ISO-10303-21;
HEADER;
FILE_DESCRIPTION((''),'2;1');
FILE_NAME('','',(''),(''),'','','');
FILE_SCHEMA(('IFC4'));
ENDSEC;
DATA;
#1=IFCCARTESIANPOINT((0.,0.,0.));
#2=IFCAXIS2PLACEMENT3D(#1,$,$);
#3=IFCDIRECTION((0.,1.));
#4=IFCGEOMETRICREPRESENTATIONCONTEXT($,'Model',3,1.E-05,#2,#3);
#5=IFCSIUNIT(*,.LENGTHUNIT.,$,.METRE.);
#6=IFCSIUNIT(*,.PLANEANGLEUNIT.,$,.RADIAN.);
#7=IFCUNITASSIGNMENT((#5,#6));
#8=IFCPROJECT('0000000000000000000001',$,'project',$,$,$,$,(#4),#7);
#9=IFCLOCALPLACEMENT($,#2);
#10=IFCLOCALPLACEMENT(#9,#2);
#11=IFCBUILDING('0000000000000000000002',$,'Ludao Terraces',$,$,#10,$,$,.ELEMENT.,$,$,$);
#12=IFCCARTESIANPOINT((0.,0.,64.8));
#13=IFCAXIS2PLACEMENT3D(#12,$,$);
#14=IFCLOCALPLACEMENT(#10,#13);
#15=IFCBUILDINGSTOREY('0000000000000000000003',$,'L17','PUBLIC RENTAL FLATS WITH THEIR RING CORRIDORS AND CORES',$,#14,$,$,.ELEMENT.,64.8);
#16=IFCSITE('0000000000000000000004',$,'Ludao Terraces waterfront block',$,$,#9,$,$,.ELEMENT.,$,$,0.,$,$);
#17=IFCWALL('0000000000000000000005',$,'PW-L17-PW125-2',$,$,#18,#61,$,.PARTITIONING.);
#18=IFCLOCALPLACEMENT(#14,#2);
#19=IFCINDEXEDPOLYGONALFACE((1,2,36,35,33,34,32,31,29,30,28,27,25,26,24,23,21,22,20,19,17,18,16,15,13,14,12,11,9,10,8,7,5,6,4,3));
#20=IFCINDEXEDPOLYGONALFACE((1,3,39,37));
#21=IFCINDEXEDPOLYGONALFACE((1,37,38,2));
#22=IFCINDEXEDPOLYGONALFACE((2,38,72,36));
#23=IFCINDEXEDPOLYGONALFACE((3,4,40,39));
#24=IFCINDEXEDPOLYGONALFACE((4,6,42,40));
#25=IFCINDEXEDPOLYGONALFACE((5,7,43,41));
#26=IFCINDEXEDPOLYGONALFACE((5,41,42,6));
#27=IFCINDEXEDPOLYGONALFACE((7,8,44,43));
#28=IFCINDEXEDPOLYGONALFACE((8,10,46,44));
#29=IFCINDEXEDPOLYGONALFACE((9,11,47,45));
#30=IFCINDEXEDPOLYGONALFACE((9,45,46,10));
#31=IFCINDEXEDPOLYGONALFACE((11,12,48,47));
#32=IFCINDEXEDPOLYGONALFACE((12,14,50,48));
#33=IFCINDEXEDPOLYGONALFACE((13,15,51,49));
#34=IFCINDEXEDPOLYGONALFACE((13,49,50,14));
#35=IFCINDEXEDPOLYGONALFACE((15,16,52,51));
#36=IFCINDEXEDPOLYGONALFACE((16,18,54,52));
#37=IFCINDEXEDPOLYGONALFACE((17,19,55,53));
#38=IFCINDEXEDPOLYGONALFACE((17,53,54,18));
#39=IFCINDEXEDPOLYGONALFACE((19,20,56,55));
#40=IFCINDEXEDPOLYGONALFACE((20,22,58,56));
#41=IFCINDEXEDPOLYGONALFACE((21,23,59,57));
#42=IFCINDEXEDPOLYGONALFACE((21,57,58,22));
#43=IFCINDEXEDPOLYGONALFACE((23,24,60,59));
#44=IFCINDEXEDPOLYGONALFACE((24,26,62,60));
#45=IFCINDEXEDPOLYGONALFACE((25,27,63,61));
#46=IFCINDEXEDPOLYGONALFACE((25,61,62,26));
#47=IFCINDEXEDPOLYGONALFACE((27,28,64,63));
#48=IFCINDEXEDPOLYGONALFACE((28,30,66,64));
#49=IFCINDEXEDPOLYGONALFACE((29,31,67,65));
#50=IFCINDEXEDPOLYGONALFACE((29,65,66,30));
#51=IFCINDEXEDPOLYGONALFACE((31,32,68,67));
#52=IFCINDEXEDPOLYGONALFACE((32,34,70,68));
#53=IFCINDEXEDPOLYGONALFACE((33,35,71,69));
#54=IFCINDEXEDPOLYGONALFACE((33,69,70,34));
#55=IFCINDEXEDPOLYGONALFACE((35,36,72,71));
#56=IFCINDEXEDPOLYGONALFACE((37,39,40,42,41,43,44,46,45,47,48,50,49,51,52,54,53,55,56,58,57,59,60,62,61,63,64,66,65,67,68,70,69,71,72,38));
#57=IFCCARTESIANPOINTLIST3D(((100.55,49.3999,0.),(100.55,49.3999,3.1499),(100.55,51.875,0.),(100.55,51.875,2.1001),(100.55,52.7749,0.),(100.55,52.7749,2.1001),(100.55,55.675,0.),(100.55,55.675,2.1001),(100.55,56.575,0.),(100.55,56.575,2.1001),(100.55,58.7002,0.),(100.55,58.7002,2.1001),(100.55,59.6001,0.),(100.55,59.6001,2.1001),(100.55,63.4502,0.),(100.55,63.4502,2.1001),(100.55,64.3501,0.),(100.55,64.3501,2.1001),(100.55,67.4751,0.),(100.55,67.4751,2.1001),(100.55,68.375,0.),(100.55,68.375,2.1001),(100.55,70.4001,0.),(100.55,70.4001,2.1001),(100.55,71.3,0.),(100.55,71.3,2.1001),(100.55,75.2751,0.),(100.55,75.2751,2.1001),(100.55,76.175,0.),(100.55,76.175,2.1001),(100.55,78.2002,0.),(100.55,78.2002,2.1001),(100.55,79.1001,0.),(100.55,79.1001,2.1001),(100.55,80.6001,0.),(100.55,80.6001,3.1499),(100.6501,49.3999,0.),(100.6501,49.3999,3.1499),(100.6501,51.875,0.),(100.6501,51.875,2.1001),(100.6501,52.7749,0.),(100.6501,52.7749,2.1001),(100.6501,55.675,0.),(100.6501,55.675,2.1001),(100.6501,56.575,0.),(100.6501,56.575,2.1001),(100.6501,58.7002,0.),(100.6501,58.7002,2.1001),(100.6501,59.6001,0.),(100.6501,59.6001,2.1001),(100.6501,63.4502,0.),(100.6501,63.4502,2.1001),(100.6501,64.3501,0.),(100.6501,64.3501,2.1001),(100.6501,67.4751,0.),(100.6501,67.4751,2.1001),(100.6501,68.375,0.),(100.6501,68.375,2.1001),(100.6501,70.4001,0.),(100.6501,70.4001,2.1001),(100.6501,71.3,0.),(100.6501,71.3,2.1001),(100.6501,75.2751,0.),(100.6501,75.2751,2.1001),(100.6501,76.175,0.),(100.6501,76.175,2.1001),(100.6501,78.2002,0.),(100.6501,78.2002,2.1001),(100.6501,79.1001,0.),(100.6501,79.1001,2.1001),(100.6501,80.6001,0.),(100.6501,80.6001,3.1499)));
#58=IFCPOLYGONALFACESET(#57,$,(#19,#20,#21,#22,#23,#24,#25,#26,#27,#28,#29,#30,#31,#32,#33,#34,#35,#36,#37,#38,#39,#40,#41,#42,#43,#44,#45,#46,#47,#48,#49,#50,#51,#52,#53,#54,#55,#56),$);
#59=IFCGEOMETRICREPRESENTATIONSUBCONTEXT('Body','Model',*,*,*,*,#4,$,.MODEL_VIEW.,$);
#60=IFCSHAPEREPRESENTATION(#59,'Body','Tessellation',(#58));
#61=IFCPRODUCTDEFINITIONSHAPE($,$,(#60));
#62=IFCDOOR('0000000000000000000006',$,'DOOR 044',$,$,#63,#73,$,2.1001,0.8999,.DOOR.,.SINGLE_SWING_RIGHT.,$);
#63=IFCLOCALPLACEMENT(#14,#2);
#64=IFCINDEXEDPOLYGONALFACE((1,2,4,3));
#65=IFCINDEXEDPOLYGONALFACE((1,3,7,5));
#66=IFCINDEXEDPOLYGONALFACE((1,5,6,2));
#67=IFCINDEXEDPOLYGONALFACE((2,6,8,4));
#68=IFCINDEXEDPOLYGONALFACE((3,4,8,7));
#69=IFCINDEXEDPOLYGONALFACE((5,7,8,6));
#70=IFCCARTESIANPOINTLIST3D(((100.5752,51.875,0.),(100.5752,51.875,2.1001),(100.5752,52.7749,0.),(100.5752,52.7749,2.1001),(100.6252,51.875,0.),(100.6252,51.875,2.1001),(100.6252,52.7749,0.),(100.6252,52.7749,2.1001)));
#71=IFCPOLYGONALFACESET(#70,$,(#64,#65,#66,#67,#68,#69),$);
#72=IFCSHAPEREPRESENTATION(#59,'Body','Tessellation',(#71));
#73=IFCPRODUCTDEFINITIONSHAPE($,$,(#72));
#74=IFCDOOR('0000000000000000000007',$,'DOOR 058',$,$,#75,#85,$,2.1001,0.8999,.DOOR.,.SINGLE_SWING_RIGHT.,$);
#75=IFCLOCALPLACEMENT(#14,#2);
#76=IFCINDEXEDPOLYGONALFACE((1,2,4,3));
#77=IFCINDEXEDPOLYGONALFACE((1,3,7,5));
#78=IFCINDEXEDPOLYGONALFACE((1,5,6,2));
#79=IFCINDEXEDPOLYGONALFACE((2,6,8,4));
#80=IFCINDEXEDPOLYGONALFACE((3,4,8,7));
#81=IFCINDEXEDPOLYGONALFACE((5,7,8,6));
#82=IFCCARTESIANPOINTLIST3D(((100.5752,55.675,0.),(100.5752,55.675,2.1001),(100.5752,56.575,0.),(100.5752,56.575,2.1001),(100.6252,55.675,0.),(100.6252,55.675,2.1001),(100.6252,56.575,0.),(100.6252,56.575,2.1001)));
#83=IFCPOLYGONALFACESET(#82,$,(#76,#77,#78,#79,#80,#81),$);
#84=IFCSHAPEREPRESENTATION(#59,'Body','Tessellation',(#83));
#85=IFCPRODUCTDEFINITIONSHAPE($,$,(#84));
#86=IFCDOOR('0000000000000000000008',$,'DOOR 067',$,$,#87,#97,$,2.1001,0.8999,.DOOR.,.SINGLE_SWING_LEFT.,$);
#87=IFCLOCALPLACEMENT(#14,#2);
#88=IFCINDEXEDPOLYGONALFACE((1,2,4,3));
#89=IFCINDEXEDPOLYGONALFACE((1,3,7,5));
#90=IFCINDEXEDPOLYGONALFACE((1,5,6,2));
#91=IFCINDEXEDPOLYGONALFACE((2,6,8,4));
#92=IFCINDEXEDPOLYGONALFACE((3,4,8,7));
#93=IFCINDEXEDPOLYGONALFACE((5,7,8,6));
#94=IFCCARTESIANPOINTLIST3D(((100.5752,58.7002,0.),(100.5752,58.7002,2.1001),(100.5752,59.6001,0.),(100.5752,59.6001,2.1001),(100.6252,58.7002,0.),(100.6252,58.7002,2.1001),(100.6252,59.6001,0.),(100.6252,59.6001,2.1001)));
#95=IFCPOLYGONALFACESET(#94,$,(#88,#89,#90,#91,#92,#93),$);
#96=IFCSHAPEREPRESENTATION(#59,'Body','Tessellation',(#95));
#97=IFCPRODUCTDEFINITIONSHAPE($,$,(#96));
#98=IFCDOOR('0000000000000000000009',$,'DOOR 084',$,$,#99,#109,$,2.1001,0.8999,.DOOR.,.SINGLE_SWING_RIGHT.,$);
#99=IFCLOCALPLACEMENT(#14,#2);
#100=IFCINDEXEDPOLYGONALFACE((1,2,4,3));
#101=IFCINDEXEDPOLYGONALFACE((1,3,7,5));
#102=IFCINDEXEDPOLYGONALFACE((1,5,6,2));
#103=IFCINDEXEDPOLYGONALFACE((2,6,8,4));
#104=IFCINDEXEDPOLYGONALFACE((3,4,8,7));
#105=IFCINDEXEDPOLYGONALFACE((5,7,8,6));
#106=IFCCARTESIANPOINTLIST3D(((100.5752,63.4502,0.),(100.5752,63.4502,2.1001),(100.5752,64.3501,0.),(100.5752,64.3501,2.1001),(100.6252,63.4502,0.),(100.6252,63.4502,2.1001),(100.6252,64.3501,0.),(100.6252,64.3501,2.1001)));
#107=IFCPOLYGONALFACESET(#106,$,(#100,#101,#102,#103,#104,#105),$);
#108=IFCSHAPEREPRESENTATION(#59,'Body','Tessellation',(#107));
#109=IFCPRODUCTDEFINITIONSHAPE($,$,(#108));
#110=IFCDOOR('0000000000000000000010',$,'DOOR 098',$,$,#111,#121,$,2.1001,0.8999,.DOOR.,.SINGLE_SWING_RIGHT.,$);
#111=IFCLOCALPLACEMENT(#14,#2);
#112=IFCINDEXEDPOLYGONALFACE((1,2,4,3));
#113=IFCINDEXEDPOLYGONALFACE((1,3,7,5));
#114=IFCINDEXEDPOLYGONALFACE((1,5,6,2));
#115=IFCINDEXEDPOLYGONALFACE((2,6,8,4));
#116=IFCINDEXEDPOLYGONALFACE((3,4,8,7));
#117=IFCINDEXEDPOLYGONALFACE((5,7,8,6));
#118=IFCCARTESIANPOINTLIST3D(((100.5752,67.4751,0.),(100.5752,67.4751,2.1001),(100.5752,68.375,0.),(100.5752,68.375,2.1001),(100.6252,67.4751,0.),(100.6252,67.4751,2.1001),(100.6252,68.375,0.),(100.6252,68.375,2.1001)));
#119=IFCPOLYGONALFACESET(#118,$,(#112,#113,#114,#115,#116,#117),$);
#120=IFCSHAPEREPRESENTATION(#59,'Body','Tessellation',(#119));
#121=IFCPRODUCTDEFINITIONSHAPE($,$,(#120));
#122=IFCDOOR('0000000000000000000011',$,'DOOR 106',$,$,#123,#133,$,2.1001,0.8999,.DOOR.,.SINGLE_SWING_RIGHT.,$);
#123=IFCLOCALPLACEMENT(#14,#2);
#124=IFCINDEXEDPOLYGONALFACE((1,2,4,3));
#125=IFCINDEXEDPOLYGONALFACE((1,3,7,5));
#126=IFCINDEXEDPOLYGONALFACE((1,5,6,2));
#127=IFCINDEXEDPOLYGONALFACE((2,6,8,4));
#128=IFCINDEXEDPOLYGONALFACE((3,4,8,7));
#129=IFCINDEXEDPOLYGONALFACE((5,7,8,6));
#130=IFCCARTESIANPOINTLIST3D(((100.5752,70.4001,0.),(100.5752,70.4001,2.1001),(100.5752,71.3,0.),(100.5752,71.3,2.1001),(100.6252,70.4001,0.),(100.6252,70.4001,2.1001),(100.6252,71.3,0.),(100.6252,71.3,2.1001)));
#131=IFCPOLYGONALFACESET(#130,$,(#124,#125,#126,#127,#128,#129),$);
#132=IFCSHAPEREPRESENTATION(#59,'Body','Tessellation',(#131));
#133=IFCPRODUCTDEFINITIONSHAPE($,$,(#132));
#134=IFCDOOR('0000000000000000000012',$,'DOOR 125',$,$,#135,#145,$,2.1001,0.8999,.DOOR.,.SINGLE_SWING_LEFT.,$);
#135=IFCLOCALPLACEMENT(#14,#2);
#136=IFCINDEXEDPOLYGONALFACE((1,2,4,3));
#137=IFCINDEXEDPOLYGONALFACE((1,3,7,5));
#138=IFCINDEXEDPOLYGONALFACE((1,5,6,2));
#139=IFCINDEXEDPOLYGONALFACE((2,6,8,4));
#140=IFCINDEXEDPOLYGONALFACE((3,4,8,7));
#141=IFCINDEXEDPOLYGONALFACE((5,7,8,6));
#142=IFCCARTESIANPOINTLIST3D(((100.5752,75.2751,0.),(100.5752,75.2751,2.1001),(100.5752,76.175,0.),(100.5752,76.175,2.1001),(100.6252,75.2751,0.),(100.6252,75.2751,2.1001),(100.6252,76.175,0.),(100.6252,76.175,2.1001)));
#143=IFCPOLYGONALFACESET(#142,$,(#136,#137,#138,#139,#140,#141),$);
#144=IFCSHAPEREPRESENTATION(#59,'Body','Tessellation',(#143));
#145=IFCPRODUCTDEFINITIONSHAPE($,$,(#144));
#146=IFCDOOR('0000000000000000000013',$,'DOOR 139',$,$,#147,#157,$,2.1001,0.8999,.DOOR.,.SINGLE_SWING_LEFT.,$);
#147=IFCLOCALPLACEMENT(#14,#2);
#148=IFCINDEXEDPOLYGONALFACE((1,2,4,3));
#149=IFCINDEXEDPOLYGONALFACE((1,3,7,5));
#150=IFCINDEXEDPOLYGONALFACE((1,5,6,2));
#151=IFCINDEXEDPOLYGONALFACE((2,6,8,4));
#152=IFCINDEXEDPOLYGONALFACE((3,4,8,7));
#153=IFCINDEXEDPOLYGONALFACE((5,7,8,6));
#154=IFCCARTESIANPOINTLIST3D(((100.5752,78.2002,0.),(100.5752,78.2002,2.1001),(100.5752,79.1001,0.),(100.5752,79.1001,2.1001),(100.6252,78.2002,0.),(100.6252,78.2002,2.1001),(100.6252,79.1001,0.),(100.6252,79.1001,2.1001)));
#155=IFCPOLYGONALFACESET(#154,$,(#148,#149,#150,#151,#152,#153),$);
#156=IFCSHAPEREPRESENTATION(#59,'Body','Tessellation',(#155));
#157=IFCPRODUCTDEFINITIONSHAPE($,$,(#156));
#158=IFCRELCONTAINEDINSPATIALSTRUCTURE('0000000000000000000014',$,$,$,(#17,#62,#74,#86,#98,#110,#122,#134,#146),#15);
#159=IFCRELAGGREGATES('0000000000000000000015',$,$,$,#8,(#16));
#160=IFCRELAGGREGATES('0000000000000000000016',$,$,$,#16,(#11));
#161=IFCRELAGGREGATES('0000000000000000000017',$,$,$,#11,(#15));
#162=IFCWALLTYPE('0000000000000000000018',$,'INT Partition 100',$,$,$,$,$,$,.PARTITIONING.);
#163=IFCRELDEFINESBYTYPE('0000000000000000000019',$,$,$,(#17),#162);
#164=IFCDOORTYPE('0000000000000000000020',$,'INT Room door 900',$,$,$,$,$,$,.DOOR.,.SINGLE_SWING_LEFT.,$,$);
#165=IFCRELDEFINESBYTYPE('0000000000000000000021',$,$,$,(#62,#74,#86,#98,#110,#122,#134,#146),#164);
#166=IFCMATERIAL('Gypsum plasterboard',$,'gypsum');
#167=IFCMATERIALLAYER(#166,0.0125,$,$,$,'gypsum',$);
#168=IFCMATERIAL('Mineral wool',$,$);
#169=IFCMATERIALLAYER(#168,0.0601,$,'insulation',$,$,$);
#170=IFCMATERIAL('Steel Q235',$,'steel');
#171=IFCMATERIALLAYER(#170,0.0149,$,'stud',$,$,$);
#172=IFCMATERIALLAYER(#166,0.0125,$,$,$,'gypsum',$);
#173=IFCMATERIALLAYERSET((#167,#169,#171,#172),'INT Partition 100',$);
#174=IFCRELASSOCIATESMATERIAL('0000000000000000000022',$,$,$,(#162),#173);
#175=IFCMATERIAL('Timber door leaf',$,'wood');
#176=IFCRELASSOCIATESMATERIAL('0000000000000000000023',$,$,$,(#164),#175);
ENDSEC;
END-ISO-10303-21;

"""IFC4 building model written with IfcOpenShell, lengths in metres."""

from ifc_helpers import new_model, si_unit, direction, frame, frame_2d, origin, place, context, subcontext, project, spatial, rectangle, extrude, material, layer, layer_set, type_object, element, fill, save


model = new_model("IFC4")

# Units and contexts
model_context = context("Model", 3, precision=1e-05, world=origin(), true_north=direction((0.0, 1.0)))
body_context = subcontext(model_context, "Body", "Model", "MODEL_VIEW")
ifc_project = project(units=[si_unit("LENGTHUNIT", "METRE"), si_unit("PLANEANGLEUNIT", "RADIAN")], contexts=[model_context])

# Site, building, storey
site_placement = place(None, origin())
site = spatial("IfcSite", under=ifc_project, at=site_placement, Name="Ludao Terraces waterfront block", CompositionType="ELEMENT", RefElevation=0.0)
building_placement = place(site_placement, origin())
building = spatial("IfcBuilding", under=site, at=building_placement, Name="Ludao Terraces", CompositionType="ELEMENT")
storey_placement = place(building_placement, frame((0.0, 0.0, 64.8)))
storey = spatial("IfcBuildingStorey", under=building, at=storey_placement, Name="L17", Description="PUBLIC RENTAL FLATS WITH THEIR RING CORRIDORS AND CORES", CompositionType="ELEMENT", Elevation=64.8)

# Shared definitions
ifc_material_1 = material(Name="Gypsum plasterboard", Category="gypsum")
ifc_layer_1 = layer(ifc_material_1, 0.0125, Category="gypsum")
ifc_material_2 = material(Name="Mineral wool")
ifc_layer_2 = layer(ifc_material_2, 0.0601, Name="insulation")
ifc_material_3 = material(Name="Steel Q235", Category="steel")
ifc_layer_3 = layer(ifc_material_3, 0.0149, Name="stud")
ifc_layer_4 = layer(ifc_material_1, 0.0125, Category="gypsum")
ifc_layer_set = layer_set([ifc_layer_1, ifc_layer_2, ifc_layer_3, ifc_layer_4], Name="INT Partition 100")
wall_type = type_object("IfcWallType", Name="INT Partition 100", PredefinedType="PARTITIONING", material=ifc_layer_set)

# Wall, openings, doors
ifc_material_4 = material(Name="Timber door leaf", Category="wood")
door_type_1 = type_object("IfcDoorType", Name="INT Room door 900", OperationType="SINGLE_SWING_LEFT", PredefinedType="DOOR", material=ifc_material_4)
wall_1_placement = place(storey_placement, frame((100.6001, 49.3999, 0.0), z_axis=(0.0, 0.0, 1.0), x_axis=(0.0, 1.0, 0.0)))
wall_1 = element("IfcWall", 1, at=wall_1_placement, inside=storey, type_object=wall_type, Name="PW-L17-PW125-2", PredefinedType="PARTITIONING", context=body_context, shape_type="SweptSolid", body=[
    extrude(rectangle(XDim=31.2002, YDim=0.1001, at=frame_2d((15.6001, 0.0))), origin(), (0.0, 0.0, 1.0), 3.1499),
])
opening_1_placement = place(wall_1_placement, frame((2.4751, 0.0, 0.0)))
opening_1 = element("IfcOpeningElement", 2, at=opening_1_placement, cuts=wall_1, PredefinedType="OPENING", context=body_context, shape_type="SweptSolid", body=[
    extrude(rectangle(XDim=0.8999, YDim=2.1001, at=frame_2d((0.45, 1.05))), frame((0.0, 0.0601, 0.0), z_axis=(0.0, -1.0, 0.0), x_axis=(1.0, 0.0, 0.0)), (0.0, 0.0, 1.0), 0.1201),
])
opening_2_placement = place(wall_1_placement, frame((6.2751, 0.0, 0.0)))
opening_2 = element("IfcOpeningElement", 3, at=opening_2_placement, cuts=wall_1, PredefinedType="OPENING", context=body_context, shape_type="SweptSolid", body=[
    extrude(rectangle(XDim=0.8999, YDim=2.1001, at=frame_2d((0.45, 1.05))), frame((0.0, 0.0601, 0.0), z_axis=(0.0, -1.0, 0.0), x_axis=(1.0, 0.0, 0.0)), (0.0, 0.0, 1.0), 0.1201),
])
opening_3_placement = place(wall_1_placement, frame((9.3003, 0.0, 0.0)))
opening_3 = element("IfcOpeningElement", 4, at=opening_3_placement, cuts=wall_1, PredefinedType="OPENING", context=body_context, shape_type="SweptSolid", body=[
    extrude(rectangle(XDim=0.8999, YDim=2.1001, at=frame_2d((0.45, 1.05))), frame((0.0, 0.0601, 0.0), z_axis=(0.0, -1.0, 0.0), x_axis=(1.0, 0.0, 0.0)), (0.0, 0.0, 1.0), 0.1201),
])
opening_4_placement = place(wall_1_placement, frame((14.0503, 0.0, 0.0)))
opening_4 = element("IfcOpeningElement", 5, at=opening_4_placement, cuts=wall_1, PredefinedType="OPENING", context=body_context, shape_type="SweptSolid", body=[
    extrude(rectangle(XDim=0.8999, YDim=2.1001, at=frame_2d((0.45, 1.05))), frame((0.0, 0.0601, 0.0), z_axis=(0.0, -1.0, 0.0), x_axis=(1.0, 0.0, 0.0)), (0.0, 0.0, 1.0), 0.1201),
])
opening_5_placement = place(wall_1_placement, frame((18.0752, 0.0, 0.0)))
opening_5 = element("IfcOpeningElement", 6, at=opening_5_placement, cuts=wall_1, PredefinedType="OPENING", context=body_context, shape_type="SweptSolid", body=[
    extrude(rectangle(XDim=0.8999, YDim=2.1001, at=frame_2d((0.45, 1.05))), frame((0.0, 0.0601, 0.0), z_axis=(0.0, -1.0, 0.0), x_axis=(1.0, 0.0, 0.0)), (0.0, 0.0, 1.0), 0.1201),
])
opening_6_placement = place(wall_1_placement, frame((21.0002, 0.0, 0.0)))
opening_6 = element("IfcOpeningElement", 7, at=opening_6_placement, cuts=wall_1, PredefinedType="OPENING", context=body_context, shape_type="SweptSolid", body=[
    extrude(rectangle(XDim=0.8999, YDim=2.1001, at=frame_2d((0.45, 1.05))), frame((0.0, 0.0601, 0.0), z_axis=(0.0, -1.0, 0.0), x_axis=(1.0, 0.0, 0.0)), (0.0, 0.0, 1.0), 0.1201),
])
opening_7_placement = place(wall_1_placement, frame((25.8752, 0.0, 0.0)))
opening_7 = element("IfcOpeningElement", 8, at=opening_7_placement, cuts=wall_1, PredefinedType="OPENING", context=body_context, shape_type="SweptSolid", body=[
    extrude(rectangle(XDim=0.8999, YDim=2.1001, at=frame_2d((0.45, 1.05))), frame((0.0, 0.0601, 0.0), z_axis=(0.0, -1.0, 0.0), x_axis=(1.0, 0.0, 0.0)), (0.0, 0.0, 1.0), 0.1201),
])
opening_8_placement = place(wall_1_placement, frame((28.8003, 0.0, 0.0)))
opening_8 = element("IfcOpeningElement", 9, at=opening_8_placement, cuts=wall_1, PredefinedType="OPENING", context=body_context, shape_type="SweptSolid", body=[
    extrude(rectangle(XDim=0.8999, YDim=2.1001, at=frame_2d((0.45, 1.05))), frame((0.0, 0.0601, 0.0), z_axis=(0.0, -1.0, 0.0), x_axis=(1.0, 0.0, 0.0)), (0.0, 0.0, 1.0), 0.1201),
])
door_1_placement = place(opening_1_placement, origin())
door_1 = element("IfcDoor", 10, at=door_1_placement, inside=storey, type_object=door_type_1, Name="DOOR 044", OperationType="SINGLE_SWING_RIGHT", OverallHeight=2.1001, OverallWidth=0.8999, PredefinedType="DOOR", context=body_context, shape_type="SweptSolid", body=[
    extrude(rectangle(XDim=0.8999, YDim=2.1001, at=frame_2d((0.45, 1.05))), frame((0.0, 0.0249, 0.0), z_axis=(0.0, -1.0, 0.0), x_axis=(1.0, 0.0, 0.0)), (0.0, 0.0, 1.0), 0.05),
])
fill(opening_1, door_1)
door_2_placement = place(opening_2_placement, origin())
door_2 = element("IfcDoor", 11, at=door_2_placement, inside=storey, type_object=door_type_1, Name="DOOR 058", OperationType="SINGLE_SWING_RIGHT", OverallHeight=2.1001, OverallWidth=0.8999, PredefinedType="DOOR", context=body_context, shape_type="SweptSolid", body=[
    extrude(rectangle(XDim=0.8999, YDim=2.1001, at=frame_2d((0.45, 1.05))), frame((0.0, 0.0249, 0.0), z_axis=(0.0, -1.0, 0.0), x_axis=(1.0, 0.0, 0.0)), (0.0, 0.0, 1.0), 0.05),
])
fill(opening_2, door_2)
door_3_placement = place(opening_3_placement, origin())
door_3 = element("IfcDoor", 12, at=door_3_placement, inside=storey, type_object=door_type_1, Name="DOOR 067", OperationType="SINGLE_SWING_LEFT", OverallHeight=2.1001, OverallWidth=0.8999, PredefinedType="DOOR", context=body_context, shape_type="SweptSolid", body=[
    extrude(rectangle(XDim=0.8999, YDim=2.1001, at=frame_2d((0.45, 1.05))), frame((0.0, 0.0249, 0.0), z_axis=(0.0, -1.0, 0.0), x_axis=(1.0, 0.0, 0.0)), (0.0, 0.0, 1.0), 0.05),
])
fill(opening_3, door_3)
door_4_placement = place(opening_4_placement, origin())
door_4 = element("IfcDoor", 13, at=door_4_placement, inside=storey, type_object=door_type_1, Name="DOOR 084", OperationType="SINGLE_SWING_RIGHT", OverallHeight=2.1001, OverallWidth=0.8999, PredefinedType="DOOR", context=body_context, shape_type="SweptSolid", body=[
    extrude(rectangle(XDim=0.8999, YDim=2.1001, at=frame_2d((0.45, 1.05))), frame((0.0, 0.0249, 0.0), z_axis=(0.0, -1.0, 0.0), x_axis=(1.0, 0.0, 0.0)), (0.0, 0.0, 1.0), 0.05),
])
fill(opening_4, door_4)
door_5_placement = place(opening_5_placement, origin())
door_5 = element("IfcDoor", 14, at=door_5_placement, inside=storey, type_object=door_type_1, Name="DOOR 098", OperationType="SINGLE_SWING_RIGHT", OverallHeight=2.1001, OverallWidth=0.8999, PredefinedType="DOOR", context=body_context, shape_type="SweptSolid", body=[
    extrude(rectangle(XDim=0.8999, YDim=2.1001, at=frame_2d((0.45, 1.05))), frame((0.0, 0.0249, 0.0), z_axis=(0.0, -1.0, 0.0), x_axis=(1.0, 0.0, 0.0)), (0.0, 0.0, 1.0), 0.05),
])
fill(opening_5, door_5)
door_6_placement = place(opening_6_placement, origin())
door_6 = element("IfcDoor", 15, at=door_6_placement, inside=storey, type_object=door_type_1, Name="DOOR 106", OperationType="SINGLE_SWING_RIGHT", OverallHeight=2.1001, OverallWidth=0.8999, PredefinedType="DOOR", context=body_context, shape_type="SweptSolid", body=[
    extrude(rectangle(XDim=0.8999, YDim=2.1001, at=frame_2d((0.45, 1.05))), frame((0.0, 0.0249, 0.0), z_axis=(0.0, -1.0, 0.0), x_axis=(1.0, 0.0, 0.0)), (0.0, 0.0, 1.0), 0.05),
])
fill(opening_6, door_6)
door_7_placement = place(opening_7_placement, origin())
door_7 = element("IfcDoor", 16, at=door_7_placement, inside=storey, type_object=door_type_1, Name="DOOR 125", OperationType="SINGLE_SWING_LEFT", OverallHeight=2.1001, OverallWidth=0.8999, PredefinedType="DOOR", context=body_context, shape_type="SweptSolid", body=[
    extrude(rectangle(XDim=0.8999, YDim=2.1001, at=frame_2d((0.45, 1.05))), frame((0.0, 0.0249, 0.0), z_axis=(0.0, -1.0, 0.0), x_axis=(1.0, 0.0, 0.0)), (0.0, 0.0, 1.0), 0.05),
])
fill(opening_7, door_7)
door_8_placement = place(opening_8_placement, origin())
door_8 = element("IfcDoor", 17, at=door_8_placement, inside=storey, type_object=door_type_1, Name="DOOR 139", OperationType="SINGLE_SWING_LEFT", OverallHeight=2.1001, OverallWidth=0.8999, PredefinedType="DOOR", context=body_context, shape_type="SweptSolid", body=[
    extrude(rectangle(XDim=0.8999, YDim=2.1001, at=frame_2d((0.45, 1.05))), frame((0.0, 0.0249, 0.0), z_axis=(0.0, -1.0, 0.0), x_axis=(1.0, 0.0, 0.0)), (0.0, 0.0, 1.0), 0.05),
])
fill(opening_8, door_8)

save(model, "model.ifc")
